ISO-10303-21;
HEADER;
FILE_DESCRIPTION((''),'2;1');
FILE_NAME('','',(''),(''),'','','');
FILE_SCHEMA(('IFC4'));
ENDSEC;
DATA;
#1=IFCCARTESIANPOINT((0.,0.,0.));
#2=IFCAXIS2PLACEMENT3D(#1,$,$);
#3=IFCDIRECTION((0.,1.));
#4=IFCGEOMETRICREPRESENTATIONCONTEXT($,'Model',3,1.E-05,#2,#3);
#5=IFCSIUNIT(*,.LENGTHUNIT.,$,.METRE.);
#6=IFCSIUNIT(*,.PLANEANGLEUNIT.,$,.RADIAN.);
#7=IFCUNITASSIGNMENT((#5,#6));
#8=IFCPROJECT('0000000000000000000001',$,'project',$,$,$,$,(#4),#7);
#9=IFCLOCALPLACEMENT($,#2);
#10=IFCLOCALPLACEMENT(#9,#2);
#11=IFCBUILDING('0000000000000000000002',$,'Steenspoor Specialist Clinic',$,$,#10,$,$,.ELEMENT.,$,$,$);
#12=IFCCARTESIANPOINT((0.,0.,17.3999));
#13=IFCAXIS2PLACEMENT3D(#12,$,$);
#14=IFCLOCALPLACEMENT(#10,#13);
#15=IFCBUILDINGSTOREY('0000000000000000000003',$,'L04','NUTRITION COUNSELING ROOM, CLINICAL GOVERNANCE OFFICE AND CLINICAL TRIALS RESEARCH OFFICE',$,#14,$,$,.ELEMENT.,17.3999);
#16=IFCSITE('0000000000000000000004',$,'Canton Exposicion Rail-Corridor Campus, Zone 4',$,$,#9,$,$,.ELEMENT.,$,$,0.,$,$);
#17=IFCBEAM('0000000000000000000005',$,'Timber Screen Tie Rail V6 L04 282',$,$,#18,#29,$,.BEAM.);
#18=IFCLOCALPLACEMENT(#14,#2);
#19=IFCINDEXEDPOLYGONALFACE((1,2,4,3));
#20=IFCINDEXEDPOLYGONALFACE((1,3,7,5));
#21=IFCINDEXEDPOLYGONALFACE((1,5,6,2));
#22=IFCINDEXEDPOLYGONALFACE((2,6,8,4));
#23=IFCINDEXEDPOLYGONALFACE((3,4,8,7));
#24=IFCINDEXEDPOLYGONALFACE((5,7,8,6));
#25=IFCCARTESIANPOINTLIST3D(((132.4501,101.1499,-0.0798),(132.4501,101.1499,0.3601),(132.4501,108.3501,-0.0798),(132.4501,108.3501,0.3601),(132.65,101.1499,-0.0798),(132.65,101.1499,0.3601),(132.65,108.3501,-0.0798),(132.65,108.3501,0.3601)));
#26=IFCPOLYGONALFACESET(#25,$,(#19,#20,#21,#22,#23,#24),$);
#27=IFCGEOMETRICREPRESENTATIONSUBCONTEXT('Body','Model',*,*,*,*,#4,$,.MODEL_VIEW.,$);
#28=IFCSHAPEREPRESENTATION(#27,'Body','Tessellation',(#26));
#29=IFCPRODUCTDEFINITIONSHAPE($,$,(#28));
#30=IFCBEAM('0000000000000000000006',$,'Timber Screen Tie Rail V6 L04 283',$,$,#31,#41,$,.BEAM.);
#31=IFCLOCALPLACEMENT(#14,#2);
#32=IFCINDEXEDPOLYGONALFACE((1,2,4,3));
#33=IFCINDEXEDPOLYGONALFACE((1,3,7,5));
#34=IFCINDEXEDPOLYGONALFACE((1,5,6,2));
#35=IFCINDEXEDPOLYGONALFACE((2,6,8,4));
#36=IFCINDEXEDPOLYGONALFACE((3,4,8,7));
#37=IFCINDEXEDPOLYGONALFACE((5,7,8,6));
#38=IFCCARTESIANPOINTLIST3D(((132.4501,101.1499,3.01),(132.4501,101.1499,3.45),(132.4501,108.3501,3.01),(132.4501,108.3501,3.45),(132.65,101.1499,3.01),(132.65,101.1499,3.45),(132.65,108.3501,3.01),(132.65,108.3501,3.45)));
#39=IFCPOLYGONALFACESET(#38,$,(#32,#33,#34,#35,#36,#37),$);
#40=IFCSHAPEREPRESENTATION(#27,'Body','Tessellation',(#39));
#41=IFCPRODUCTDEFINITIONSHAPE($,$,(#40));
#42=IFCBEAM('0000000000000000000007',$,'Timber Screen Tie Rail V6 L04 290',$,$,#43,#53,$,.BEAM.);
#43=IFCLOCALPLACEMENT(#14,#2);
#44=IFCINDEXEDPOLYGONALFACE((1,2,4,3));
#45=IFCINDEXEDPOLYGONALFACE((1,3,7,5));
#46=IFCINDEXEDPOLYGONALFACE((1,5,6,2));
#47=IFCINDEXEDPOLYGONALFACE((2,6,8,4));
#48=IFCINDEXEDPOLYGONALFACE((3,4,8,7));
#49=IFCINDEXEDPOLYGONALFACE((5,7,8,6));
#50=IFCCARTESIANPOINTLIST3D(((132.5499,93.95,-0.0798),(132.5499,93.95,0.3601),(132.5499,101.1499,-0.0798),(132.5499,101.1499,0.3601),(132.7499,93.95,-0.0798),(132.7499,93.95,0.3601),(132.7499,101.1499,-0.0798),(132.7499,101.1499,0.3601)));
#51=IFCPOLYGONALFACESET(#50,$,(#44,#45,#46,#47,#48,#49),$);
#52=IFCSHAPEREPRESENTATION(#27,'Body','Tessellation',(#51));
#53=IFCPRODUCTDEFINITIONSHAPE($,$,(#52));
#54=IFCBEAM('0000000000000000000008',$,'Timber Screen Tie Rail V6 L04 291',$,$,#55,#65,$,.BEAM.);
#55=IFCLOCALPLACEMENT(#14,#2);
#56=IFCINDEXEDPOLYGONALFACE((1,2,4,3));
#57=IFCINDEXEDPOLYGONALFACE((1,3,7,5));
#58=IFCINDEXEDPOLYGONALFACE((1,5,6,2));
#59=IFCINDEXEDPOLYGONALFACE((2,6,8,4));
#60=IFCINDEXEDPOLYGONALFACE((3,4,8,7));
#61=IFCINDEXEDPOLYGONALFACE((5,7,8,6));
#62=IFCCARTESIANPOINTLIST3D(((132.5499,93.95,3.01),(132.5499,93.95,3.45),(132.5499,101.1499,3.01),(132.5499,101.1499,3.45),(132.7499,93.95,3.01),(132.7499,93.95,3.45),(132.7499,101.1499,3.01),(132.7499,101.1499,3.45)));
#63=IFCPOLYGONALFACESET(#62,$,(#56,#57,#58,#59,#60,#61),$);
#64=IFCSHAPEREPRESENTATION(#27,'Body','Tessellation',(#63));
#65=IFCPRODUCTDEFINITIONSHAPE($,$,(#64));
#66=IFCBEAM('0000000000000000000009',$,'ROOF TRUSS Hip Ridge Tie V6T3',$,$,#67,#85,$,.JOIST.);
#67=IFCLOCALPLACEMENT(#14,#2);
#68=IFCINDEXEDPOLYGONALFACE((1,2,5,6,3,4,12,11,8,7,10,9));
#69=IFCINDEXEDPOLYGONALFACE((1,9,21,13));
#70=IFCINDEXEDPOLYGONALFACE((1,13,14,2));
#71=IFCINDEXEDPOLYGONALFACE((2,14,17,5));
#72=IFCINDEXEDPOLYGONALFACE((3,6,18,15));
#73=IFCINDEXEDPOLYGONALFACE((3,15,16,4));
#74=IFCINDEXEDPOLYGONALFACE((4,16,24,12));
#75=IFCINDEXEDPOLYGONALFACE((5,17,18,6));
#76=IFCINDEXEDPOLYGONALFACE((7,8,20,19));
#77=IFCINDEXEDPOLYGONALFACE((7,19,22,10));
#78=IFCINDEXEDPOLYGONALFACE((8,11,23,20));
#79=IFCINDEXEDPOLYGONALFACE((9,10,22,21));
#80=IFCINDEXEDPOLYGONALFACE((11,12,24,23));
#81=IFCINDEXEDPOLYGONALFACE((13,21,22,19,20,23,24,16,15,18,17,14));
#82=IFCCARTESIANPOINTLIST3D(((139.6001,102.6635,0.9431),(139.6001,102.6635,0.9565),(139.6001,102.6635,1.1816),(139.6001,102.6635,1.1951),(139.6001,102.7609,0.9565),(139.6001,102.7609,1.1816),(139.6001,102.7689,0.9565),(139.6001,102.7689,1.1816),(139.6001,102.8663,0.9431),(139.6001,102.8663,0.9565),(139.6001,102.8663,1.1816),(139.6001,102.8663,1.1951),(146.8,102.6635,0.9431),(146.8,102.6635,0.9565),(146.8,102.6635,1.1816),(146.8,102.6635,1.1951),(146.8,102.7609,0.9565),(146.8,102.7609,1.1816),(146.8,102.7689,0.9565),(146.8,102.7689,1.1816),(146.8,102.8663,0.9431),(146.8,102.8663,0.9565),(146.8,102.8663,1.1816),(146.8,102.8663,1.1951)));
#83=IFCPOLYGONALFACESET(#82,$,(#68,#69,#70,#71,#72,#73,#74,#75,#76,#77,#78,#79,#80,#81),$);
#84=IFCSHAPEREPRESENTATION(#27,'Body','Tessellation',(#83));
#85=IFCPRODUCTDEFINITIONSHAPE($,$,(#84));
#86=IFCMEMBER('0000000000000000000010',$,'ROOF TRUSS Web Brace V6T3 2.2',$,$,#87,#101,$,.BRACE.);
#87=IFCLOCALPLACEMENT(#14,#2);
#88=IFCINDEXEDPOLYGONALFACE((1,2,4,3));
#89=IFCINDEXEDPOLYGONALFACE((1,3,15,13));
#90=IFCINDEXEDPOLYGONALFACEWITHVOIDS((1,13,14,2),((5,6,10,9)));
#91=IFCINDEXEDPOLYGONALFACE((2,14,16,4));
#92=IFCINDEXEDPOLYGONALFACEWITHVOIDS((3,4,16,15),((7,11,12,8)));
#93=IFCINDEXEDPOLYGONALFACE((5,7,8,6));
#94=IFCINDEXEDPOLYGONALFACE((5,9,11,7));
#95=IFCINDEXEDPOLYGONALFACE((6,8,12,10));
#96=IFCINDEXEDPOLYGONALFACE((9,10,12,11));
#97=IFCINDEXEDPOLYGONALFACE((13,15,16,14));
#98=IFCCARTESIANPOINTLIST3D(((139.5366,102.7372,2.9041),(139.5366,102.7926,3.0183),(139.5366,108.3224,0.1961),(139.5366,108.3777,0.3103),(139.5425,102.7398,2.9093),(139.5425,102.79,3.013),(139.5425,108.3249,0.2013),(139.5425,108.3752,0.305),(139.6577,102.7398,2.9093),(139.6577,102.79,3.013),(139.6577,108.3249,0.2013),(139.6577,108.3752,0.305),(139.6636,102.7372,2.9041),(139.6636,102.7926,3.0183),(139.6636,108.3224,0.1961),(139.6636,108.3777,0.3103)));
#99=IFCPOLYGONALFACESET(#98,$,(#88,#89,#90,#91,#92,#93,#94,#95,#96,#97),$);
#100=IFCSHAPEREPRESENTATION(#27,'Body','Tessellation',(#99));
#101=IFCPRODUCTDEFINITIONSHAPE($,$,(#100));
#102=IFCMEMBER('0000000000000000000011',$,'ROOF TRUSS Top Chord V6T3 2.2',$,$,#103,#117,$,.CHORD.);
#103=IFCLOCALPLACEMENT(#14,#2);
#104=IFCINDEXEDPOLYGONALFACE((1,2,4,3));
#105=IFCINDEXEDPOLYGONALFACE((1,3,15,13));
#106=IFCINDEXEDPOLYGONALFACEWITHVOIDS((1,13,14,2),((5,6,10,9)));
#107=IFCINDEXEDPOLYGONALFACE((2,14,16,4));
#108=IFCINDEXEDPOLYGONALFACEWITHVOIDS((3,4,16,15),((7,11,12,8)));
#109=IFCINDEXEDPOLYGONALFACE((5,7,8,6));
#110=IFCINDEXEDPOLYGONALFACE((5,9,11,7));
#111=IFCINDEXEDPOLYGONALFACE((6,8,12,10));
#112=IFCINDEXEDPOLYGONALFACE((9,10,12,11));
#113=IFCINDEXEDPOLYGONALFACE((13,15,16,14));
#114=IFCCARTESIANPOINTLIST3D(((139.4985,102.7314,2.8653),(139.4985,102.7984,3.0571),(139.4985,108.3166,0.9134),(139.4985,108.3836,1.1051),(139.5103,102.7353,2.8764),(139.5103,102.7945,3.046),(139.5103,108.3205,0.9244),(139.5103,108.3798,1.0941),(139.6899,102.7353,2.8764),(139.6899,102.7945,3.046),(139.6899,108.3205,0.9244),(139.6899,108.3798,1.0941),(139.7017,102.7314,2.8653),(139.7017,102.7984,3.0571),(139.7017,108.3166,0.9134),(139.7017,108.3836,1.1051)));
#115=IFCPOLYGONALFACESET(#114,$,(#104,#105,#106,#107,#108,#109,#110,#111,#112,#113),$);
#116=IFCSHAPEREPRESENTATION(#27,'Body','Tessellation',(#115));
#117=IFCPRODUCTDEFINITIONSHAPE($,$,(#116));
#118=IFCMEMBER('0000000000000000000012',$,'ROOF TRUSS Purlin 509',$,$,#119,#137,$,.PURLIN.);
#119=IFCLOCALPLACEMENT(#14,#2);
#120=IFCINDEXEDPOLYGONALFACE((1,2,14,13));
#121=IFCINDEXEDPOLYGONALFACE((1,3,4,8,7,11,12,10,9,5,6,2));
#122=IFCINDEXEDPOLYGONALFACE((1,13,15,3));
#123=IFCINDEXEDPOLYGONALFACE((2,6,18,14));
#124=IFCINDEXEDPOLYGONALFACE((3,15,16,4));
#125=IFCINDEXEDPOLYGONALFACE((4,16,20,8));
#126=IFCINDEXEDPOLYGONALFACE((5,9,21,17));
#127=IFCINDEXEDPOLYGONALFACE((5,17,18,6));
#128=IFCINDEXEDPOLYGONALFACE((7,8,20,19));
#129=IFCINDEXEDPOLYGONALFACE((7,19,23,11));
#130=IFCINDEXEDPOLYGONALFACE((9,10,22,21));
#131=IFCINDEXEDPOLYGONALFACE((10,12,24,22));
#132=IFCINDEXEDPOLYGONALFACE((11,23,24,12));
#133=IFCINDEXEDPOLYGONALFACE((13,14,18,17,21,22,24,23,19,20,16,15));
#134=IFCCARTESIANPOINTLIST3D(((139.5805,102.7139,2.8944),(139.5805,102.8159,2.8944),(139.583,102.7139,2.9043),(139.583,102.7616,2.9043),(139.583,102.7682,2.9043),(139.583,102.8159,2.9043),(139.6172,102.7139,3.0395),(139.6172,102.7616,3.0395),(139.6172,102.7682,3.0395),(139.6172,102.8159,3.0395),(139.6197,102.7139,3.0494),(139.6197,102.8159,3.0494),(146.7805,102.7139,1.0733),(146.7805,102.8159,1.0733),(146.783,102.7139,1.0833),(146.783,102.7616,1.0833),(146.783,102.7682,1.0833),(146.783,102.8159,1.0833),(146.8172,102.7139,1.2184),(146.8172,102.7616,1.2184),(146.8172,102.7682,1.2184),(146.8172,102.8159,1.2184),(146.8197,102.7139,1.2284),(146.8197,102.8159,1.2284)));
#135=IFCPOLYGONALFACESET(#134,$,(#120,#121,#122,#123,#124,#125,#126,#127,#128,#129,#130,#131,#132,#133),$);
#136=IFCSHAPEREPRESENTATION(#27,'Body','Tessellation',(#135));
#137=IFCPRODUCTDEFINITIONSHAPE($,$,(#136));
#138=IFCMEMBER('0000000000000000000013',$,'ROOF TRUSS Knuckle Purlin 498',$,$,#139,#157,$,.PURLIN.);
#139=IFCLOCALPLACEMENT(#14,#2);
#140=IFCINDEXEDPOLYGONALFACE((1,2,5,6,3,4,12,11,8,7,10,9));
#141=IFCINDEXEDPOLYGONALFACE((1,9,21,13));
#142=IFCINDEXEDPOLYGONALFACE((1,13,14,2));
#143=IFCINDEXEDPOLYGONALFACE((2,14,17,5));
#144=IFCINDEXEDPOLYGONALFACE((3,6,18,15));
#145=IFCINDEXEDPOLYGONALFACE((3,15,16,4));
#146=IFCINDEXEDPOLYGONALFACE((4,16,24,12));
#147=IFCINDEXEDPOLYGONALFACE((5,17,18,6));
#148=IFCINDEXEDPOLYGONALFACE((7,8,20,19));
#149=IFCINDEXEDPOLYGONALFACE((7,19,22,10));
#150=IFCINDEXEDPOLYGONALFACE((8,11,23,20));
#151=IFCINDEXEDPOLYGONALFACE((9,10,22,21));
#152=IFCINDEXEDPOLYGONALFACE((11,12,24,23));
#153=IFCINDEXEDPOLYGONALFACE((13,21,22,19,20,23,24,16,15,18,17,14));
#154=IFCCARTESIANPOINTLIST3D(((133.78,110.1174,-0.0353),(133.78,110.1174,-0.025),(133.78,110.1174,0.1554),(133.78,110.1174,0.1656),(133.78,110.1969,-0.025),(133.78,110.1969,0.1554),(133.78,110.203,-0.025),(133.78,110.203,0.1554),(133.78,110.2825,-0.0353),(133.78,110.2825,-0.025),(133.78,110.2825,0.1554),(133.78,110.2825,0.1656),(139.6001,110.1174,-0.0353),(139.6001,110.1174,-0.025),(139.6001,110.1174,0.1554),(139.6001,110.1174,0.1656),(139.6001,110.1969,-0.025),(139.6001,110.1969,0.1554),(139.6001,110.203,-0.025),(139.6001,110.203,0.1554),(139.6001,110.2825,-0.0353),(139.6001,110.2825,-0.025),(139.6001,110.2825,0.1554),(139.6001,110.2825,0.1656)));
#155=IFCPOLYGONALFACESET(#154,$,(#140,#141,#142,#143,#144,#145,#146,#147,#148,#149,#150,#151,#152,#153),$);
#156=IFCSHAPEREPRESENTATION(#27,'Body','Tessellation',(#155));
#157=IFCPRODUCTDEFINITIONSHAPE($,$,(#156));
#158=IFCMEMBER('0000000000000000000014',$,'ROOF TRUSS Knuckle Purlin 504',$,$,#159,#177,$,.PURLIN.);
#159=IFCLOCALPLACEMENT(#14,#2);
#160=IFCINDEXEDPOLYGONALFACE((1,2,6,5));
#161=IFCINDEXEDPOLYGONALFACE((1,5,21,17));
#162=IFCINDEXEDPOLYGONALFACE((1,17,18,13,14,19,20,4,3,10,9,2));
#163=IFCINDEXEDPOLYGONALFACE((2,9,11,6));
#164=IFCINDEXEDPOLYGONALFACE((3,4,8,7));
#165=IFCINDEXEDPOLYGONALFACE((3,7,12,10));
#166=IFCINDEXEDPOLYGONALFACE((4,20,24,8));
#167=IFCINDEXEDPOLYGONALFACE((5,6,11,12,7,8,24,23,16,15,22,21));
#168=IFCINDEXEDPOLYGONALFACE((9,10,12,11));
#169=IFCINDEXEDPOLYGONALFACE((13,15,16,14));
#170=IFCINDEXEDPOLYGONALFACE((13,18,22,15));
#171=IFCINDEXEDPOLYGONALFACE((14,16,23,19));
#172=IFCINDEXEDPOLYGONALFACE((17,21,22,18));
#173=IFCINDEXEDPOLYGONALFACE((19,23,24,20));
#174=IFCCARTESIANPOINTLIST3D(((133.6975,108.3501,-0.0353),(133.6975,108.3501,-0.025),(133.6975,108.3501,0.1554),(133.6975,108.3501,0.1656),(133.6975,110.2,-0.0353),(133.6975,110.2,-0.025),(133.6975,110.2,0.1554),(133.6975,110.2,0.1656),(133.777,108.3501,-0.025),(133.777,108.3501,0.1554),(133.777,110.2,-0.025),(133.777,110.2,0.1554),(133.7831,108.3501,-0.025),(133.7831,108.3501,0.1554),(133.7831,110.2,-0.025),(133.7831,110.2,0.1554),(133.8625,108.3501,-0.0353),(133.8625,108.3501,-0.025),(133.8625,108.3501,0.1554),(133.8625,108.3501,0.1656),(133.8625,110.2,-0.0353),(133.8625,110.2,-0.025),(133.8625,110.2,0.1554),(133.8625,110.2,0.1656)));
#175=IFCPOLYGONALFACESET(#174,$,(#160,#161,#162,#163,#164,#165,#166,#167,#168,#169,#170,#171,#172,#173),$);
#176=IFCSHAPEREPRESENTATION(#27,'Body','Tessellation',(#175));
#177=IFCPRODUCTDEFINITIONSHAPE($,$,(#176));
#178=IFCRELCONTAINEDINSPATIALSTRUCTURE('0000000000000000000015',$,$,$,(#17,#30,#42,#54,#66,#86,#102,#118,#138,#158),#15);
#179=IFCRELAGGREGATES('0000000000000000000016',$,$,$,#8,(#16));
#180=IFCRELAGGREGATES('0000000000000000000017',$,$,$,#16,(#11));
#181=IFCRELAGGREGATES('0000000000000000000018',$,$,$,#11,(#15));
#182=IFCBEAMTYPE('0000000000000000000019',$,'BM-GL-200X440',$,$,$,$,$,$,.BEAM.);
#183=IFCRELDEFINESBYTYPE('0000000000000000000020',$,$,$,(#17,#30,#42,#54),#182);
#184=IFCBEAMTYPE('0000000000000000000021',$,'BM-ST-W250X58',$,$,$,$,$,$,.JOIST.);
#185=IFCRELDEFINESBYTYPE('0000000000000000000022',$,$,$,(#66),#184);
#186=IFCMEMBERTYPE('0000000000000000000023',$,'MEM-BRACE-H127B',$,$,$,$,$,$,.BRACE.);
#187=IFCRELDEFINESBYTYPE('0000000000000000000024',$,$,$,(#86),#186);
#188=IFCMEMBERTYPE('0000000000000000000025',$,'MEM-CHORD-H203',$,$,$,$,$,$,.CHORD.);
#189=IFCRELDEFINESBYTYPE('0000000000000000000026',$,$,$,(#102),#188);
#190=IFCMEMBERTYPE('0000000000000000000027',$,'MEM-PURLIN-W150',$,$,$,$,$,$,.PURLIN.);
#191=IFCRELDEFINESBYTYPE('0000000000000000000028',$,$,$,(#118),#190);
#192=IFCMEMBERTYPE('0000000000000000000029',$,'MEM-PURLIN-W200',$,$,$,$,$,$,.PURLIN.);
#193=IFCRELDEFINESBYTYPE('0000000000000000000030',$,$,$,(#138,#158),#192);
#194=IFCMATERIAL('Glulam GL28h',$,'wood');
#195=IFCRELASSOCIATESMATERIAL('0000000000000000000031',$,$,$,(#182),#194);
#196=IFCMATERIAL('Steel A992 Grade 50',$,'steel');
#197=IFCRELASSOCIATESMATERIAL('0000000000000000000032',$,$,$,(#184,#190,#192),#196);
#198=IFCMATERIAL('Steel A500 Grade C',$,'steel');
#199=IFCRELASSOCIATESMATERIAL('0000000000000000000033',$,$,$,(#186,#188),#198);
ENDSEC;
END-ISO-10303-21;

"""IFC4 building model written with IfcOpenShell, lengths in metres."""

from ifc_helpers import new_model, si_unit, direction, frame, origin, origin_2d, place, context, subcontext, project, spatial, rectangle, hollow_rectangle, i_section, extrude, material, material_profile, profile_set, type_object, element, save


model = new_model("IFC4")

# Units and contexts
model_context = context("Model", 3, precision=1e-05, world=origin(), true_north=direction((0.0, 1.0)))
body_context = subcontext(model_context, "Body", "Model", "MODEL_VIEW")
ifc_project = project(units=[si_unit("LENGTHUNIT", "METRE"), si_unit("PLANEANGLEUNIT", "RADIAN")], contexts=[model_context])

# Site, building, storey
site_placement = place(None, origin())
site = spatial("IfcSite", under=ifc_project, at=site_placement, Name="Canton Exposicion Rail-Corridor Campus, Zone 4", CompositionType="ELEMENT", RefElevation=0.0)
building_placement = place(site_placement, origin())
building = spatial("IfcBuilding", under=site, at=building_placement, Name="Steenspoor Specialist Clinic", CompositionType="ELEMENT")
storey_placement = place(building_placement, frame((0.0, 0.0, 17.3999)))
storey = spatial("IfcBuildingStorey", under=building, at=storey_placement, Name="L04", Description="NUTRITION COUNSELING ROOM, CLINICAL GOVERNANCE OFFICE AND CLINICAL TRIALS RESEARCH OFFICE", CompositionType="ELEMENT", Elevation=17.3999)

# Beams
ifc_material_1 = material(Name="Glulam GL28h", Category="wood")
ifc_material_profile_1 = material_profile(ifc_material_1, rectangle(XDim=0.2, YDim=0.4399, at=origin_2d()), Name="GL28H-200X440")
ifc_profile_set_1 = profile_set([ifc_material_profile_1], Name="Glulam GL28h")
beam_type_1 = type_object("IfcBeamType", Name="BM-GL-200X440", PredefinedType="BEAM", material=ifc_profile_set_1)
for number, where, z_axis, x_axis, name in (
    (1, (132.55, 108.3501, 0.1401), (0.0, -1.0, 0.0), (1.0, 0.0, 0.0), "Timber Screen Tie Rail V6 L04 282"),
    (2, (132.55, 108.3501, 3.23), (0.0, -1.0, 0.0), (1.0, 0.0, 0.0), "Timber Screen Tie Rail V6 L04 283"),
):
    element("IfcBeam", number, at=place(storey_placement, frame(where, z_axis=z_axis, x_axis=x_axis)), inside=storey, type_object=beam_type_1, Name=name, PredefinedType="BEAM", context=body_context, shape_type="SweptSolid", body=[
        extrude(rectangle(XDim=0.2, YDim=0.4399, at=origin_2d()), origin(), (0.0, 0.0, 1.0), 7.2002),
    ])
for number, where, z_axis, x_axis, name in (
    (3, (132.6499, 101.1499, 0.1401), (0.0, -1.0, 0.0), (1.0, 0.0, 0.0), "Timber Screen Tie Rail V6 L04 290"),
    (4, (132.6499, 101.1499, 3.23), (0.0, -1.0, 0.0), (1.0, 0.0, 0.0), "Timber Screen Tie Rail V6 L04 291"),
):
    element("IfcBeam", number, at=place(storey_placement, frame(where, z_axis=z_axis, x_axis=x_axis)), inside=storey, type_object=beam_type_1, Name=name, PredefinedType="BEAM", context=body_context, shape_type="SweptSolid", body=[
        extrude(rectangle(XDim=0.2, YDim=0.4399, at=origin_2d()), origin(), (0.0, 0.0, 1.0), 7.2),
    ])
ifc_material_2 = material(Name="Steel A992 Grade 50", Category="steel")
ifc_material_profile_2 = material_profile(ifc_material_2, i_section(OverallWidth=0.2029, OverallDepth=0.252, WebThickness=0.0081, FlangeThickness=0.0134, at=origin_2d()), Name="W250X58")
ifc_profile_set_2 = profile_set([ifc_material_profile_2], Name="Steel A992 Grade 50")
beam_type_2 = type_object("IfcBeamType", Name="BM-ST-W250X58", PredefinedType="JOIST", material=ifc_profile_set_2)
beam_placement = place(storey_placement, frame((139.6001, 102.7649, 1.0691), z_axis=(1.0, 0.0, 0.0), x_axis=(0.0, 1.0, 0.0)))
element("IfcBeam", 5, at=beam_placement, inside=storey, type_object=beam_type_2, Name="ROOF TRUSS Hip Ridge Tie V6T3", PredefinedType="JOIST", context=body_context, shape_type="SweptSolid", body=[
    extrude(i_section(OverallWidth=0.2029, OverallDepth=0.252, WebThickness=0.0081, FlangeThickness=0.0134, at=origin_2d()), origin(), (0.0, 0.0, 1.0), 7.2),
])

# Members
ifc_material_3 = material(Name="Steel A500 Grade C", Category="steel")
ifc_material_profile_3 = material_profile(ifc_material_3, hollow_rectangle(XDim=0.127, YDim=0.127, WallThickness=0.0059, at=origin_2d()), Name="HSS127X127X6.4")
ifc_profile_set_3 = profile_set([ifc_material_profile_3], Name="Steel A500 Grade C")
member_type_1 = type_object("IfcMemberType", Name="MEM-BRACE-H127B", PredefinedType="BRACE", material=ifc_profile_set_3)
member_1_placement = place(storey_placement, frame((139.6001, 102.7649, 2.9612), z_axis=(0.0, 0.899812, -0.436277), x_axis=(-1.0, 0.0, 0.0)))
element("IfcMember", 6, at=member_1_placement, inside=storey, type_object=member_type_1, Name="ROOF TRUSS Web Brace V6T3 2.2", PredefinedType="BRACE", context=body_context, shape_type="SweptSolid", body=[
    extrude(hollow_rectangle(XDim=0.127, YDim=0.127, WallThickness=0.0059, at=origin_2d()), origin(), (0.0, 0.0, 1.0), 6.207),
])
ifc_material_profile_4 = material_profile(ifc_material_3, hollow_rectangle(XDim=0.2031, YDim=0.2031, WallThickness=0.0117, at=origin_2d()), Name="HSS203X203X12.7")
ifc_profile_set_4 = profile_set([ifc_material_profile_4], Name="Steel A500 Grade C")
member_type_2 = type_object("IfcMemberType", Name="MEM-CHORD-H203", PredefinedType="CHORD", material=ifc_profile_set_4)
member_2_placement = place(storey_placement, frame((139.6001, 102.7649, 2.9612), z_axis=(0.0, 0.944012, -0.329911), x_axis=(-1.0, 0.0, 0.0)))
element("IfcMember", 7, at=member_2_placement, inside=storey, type_object=member_type_2, Name="ROOF TRUSS Top Chord V6T3 2.2", PredefinedType="CHORD", context=body_context, shape_type="SweptSolid", body=[
    extrude(hollow_rectangle(XDim=0.2031, YDim=0.2031, WallThickness=0.0117, at=origin_2d()), origin(), (0.0, 0.0, 1.0), 5.9165),
])
ifc_material_profile_5 = material_profile(ifc_material_2, i_section(OverallWidth=0.1021, OverallDepth=0.1599, WebThickness=0.0066, FlangeThickness=0.0103, at=origin_2d()), Name="W150X24")
ifc_profile_set_5 = profile_set([ifc_material_profile_5], Name="Steel A992 Grade 50")
member_type_3 = type_object("IfcMemberType", Name="MEM-PURLIN-W150", PredefinedType="PURLIN", material=ifc_profile_set_5)
member_3_placement = place(storey_placement, frame((139.6001, 102.7649, 2.9719), z_axis=(0.969472, 0.0, -0.245203), x_axis=(0.0, 1.0, 0.0)))
element("IfcMember", 8, at=member_3_placement, inside=storey, type_object=member_type_3, Name="ROOF TRUSS Purlin 509", PredefinedType="PURLIN", context=body_context, shape_type="SweptSolid", body=[
    extrude(i_section(OverallWidth=0.1021, OverallDepth=0.1599, WebThickness=0.0066, FlangeThickness=0.0103, at=origin_2d()), origin(), (0.0, 0.0, 1.0), 7.4268),
])
ifc_material_profile_6 = material_profile(ifc_material_2, i_section(OverallWidth=0.165, OverallDepth=0.2009, WebThickness=0.0061, FlangeThickness=0.0103, at=origin_2d()), Name="W200X36")
ifc_profile_set_6 = profile_set([ifc_material_profile_6], Name="Steel A992 Grade 50")
member_type_4 = type_object("IfcMemberType", Name="MEM-PURLIN-W200", PredefinedType="PURLIN", material=ifc_profile_set_6)
member_4_placement = place(storey_placement, frame((133.78, 110.2, 0.0652), z_axis=(1.0, 0.0, 0.0), x_axis=(0.0, 1.0, 0.0)))
element("IfcMember", 9, at=member_4_placement, inside=storey, type_object=member_type_4, Name="ROOF TRUSS Knuckle Purlin 498", PredefinedType="PURLIN", context=body_context, shape_type="SweptSolid", body=[
    extrude(i_section(OverallWidth=0.165, OverallDepth=0.2009, WebThickness=0.0061, FlangeThickness=0.0103, at=origin_2d()), origin(), (0.0, 0.0, 1.0), 5.8201),
])
member_5_placement = place(storey_placement, frame((133.78, 108.3501, 0.0652), z_axis=(0.0, 1.0, 0.0), x_axis=(-1.0, 0.0, 0.0)))
element("IfcMember", 10, at=member_5_placement, inside=storey, type_object=member_type_4, Name="ROOF TRUSS Knuckle Purlin 504", PredefinedType="PURLIN", context=body_context, shape_type="SweptSolid", body=[
    extrude(i_section(OverallWidth=0.165, OverallDepth=0.2009, WebThickness=0.0061, FlangeThickness=0.0103, at=origin_2d()), origin(), (0.0, 0.0, 1.0), 1.8499),
])

save(model, "model.ifc")
